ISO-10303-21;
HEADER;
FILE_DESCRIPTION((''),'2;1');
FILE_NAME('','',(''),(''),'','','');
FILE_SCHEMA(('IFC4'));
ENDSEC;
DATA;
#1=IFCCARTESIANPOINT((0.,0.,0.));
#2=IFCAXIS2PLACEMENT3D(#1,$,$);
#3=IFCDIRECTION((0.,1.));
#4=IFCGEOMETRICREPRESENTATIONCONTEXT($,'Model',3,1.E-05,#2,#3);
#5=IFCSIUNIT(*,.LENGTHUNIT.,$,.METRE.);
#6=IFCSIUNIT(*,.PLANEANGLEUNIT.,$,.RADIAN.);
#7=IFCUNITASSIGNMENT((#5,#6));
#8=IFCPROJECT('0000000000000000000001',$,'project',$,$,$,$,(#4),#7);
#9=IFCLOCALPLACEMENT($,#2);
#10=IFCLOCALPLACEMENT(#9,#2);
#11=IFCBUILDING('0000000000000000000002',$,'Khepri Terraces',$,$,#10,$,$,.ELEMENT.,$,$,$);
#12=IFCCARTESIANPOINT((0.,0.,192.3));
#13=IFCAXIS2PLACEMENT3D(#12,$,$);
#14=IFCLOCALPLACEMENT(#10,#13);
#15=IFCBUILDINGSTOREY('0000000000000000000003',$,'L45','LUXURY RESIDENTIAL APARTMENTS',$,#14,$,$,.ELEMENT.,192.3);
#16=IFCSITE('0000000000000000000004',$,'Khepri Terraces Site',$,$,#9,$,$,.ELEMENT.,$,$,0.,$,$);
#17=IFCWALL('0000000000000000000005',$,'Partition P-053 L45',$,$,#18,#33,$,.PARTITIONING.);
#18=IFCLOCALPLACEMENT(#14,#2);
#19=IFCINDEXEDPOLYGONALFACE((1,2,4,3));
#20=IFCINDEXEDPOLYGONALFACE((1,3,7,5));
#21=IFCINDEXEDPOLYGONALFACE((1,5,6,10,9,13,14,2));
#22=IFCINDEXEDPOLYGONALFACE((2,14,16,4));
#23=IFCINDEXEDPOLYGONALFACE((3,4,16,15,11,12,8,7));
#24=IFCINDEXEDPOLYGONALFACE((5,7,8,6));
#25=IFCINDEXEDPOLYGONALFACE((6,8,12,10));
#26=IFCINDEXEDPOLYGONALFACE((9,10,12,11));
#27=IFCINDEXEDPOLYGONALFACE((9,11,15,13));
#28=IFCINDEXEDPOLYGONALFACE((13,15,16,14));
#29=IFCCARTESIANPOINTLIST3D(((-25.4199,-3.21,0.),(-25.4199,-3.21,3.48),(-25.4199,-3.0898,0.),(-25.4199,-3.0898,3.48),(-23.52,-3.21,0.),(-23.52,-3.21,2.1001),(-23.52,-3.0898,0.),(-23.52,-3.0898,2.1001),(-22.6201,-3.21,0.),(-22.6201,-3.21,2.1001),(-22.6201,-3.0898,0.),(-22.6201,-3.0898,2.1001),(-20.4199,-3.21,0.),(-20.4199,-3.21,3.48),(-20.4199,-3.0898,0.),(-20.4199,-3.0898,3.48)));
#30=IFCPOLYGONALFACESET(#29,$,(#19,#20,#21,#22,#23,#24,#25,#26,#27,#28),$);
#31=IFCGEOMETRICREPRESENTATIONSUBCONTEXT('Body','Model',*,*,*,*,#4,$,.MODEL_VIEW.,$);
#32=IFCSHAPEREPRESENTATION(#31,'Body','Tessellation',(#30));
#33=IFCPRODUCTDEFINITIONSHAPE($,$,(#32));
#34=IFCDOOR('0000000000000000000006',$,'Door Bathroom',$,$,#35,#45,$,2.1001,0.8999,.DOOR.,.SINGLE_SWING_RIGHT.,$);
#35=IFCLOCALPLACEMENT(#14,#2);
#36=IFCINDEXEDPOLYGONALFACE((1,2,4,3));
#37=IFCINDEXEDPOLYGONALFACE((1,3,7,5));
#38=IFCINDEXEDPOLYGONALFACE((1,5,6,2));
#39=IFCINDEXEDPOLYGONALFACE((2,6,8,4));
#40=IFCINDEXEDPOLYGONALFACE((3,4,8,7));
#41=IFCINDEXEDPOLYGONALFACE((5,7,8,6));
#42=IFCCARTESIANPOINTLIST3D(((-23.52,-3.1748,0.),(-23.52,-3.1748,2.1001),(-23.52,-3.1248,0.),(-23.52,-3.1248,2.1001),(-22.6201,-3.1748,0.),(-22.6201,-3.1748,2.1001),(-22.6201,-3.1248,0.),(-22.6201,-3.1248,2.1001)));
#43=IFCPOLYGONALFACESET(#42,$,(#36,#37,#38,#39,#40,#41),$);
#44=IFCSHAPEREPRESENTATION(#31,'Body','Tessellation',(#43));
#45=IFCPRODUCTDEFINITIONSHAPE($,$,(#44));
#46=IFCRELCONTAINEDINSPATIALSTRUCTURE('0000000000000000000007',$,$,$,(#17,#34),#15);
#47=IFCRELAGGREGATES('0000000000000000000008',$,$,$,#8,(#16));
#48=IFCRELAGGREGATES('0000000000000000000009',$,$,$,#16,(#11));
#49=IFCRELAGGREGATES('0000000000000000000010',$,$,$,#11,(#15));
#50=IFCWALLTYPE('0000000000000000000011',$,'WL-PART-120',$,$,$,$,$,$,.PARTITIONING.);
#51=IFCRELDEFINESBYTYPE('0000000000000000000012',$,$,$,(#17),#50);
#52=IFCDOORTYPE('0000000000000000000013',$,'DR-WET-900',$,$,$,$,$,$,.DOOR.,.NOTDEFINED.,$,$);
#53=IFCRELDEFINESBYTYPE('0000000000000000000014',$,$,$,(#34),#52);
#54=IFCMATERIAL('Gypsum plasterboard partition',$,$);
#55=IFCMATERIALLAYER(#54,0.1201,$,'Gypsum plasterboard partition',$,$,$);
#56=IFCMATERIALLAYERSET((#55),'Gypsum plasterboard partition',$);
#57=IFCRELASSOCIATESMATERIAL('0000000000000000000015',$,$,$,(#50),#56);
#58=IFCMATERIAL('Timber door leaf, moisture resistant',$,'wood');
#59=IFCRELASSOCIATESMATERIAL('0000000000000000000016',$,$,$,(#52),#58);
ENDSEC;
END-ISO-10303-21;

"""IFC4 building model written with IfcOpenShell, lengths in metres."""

from ifc_helpers import new_model, si_unit, direction, frame, frame_2d, origin, place, context, subcontext, project, spatial, rectangle, extrude, material, layer, layer_set, type_object, element, fill, save


model = new_model("IFC4")

# Units and contexts
model_context = context("Model", 3, precision=1e-05, world=origin(), true_north=direction((0.0, 1.0)))
body_context = subcontext(model_context, "Body", "Model", "MODEL_VIEW")
ifc_project = project(units=[si_unit("LENGTHUNIT", "METRE"), si_unit("PLANEANGLEUNIT", "RADIAN")], contexts=[model_context])

# Site, building, storey
site_placement = place(None, origin())
site = spatial("IfcSite", under=ifc_project, at=site_placement, Name="Khepri Terraces Site", CompositionType="ELEMENT", RefElevation=0.0)
building_placement = place(site_placement, origin())
building = spatial("IfcBuilding", under=site, at=building_placement, Name="Khepri Terraces", CompositionType="ELEMENT")
storey_placement = place(building_placement, frame((0.0, 0.0, 192.3)))
storey = spatial("IfcBuildingStorey", under=building, at=storey_placement, Name="L45", Description="LUXURY RESIDENTIAL APARTMENTS", CompositionType="ELEMENT", Elevation=192.3)

# Shared definitions
ifc_material_1 = material(Name="Gypsum plasterboard partition")
ifc_layer_1 = layer(ifc_material_1, 0.1201, Name="Gypsum plasterboard partition")
ifc_layer_set_1 = layer_set([ifc_layer_1], Name="Gypsum plasterboard partition")
wall_type_1 = type_object("IfcWallType", Name="WL-PART-120", PredefinedType="PARTITIONING", material=ifc_layer_set_1)

# Wall, opening, door
wall_1_placement = place(storey_placement, frame((-25.4199, -3.1499, 0.0), z_axis=(0.0, 0.0, 1.0), x_axis=(1.0, 0.0, 0.0)))
wall_1 = element("IfcWall", 1, at=wall_1_placement, inside=storey, type_object=wall_type_1, Name="Partition P-053 L45", PredefinedType="PARTITIONING", context=body_context, shape_type="SweptSolid", body=[
    extrude(rectangle(XDim=5.0, YDim=0.1201, at=frame_2d((2.5, 0.0))), origin(), (0.0, 0.0, 1.0), 3.48),
])
opening_1_placement = place(wall_1_placement, frame((1.8999, 0.0, 0.0)))
opening_1 = element("IfcOpeningElement", 2, at=opening_1_placement, cuts=wall_1, PredefinedType="OPENING", context=body_context, shape_type="SweptSolid", body=[
    extrude(rectangle(XDim=0.8999, YDim=2.1001, at=frame_2d((0.45, 1.05))), frame((0.0, 0.0701, 0.0), z_axis=(0.0, -1.0, 0.0), x_axis=(1.0, 0.0, 0.0)), (0.0, 0.0, 1.0), 0.1401),
])
ifc_material_2 = material(Name="Timber door leaf, moisture resistant", Category="wood")
door_type_1 = type_object("IfcDoorType", Name="DR-WET-900", OperationType="NOTDEFINED", PredefinedType="DOOR", material=ifc_material_2)
door_1_placement = place(opening_1_placement, frame((0.8999, 0.0, 0.0), z_axis=(0.0, 0.0, 1.0), x_axis=(-1.0, 0.0, 0.0)))
door_1 = element("IfcDoor", 3, at=door_1_placement, inside=storey, type_object=door_type_1, Name="Door Bathroom", OperationType="SINGLE_SWING_RIGHT", OverallHeight=2.1001, OverallWidth=0.8999, PredefinedType="DOOR", context=body_context, shape_type="SweptSolid", body=[
    extrude(rectangle(XDim=0.8999, YDim=2.1001, at=frame_2d((0.45, 1.05))), frame((0.0, 0.0249, 0.0), z_axis=(0.0, -1.0, 0.0), x_axis=(1.0, 0.0, 0.0)), (0.0, 0.0, 1.0), 0.05),
])
fill(opening_1, door_1)

save(model, "model.ifc")
